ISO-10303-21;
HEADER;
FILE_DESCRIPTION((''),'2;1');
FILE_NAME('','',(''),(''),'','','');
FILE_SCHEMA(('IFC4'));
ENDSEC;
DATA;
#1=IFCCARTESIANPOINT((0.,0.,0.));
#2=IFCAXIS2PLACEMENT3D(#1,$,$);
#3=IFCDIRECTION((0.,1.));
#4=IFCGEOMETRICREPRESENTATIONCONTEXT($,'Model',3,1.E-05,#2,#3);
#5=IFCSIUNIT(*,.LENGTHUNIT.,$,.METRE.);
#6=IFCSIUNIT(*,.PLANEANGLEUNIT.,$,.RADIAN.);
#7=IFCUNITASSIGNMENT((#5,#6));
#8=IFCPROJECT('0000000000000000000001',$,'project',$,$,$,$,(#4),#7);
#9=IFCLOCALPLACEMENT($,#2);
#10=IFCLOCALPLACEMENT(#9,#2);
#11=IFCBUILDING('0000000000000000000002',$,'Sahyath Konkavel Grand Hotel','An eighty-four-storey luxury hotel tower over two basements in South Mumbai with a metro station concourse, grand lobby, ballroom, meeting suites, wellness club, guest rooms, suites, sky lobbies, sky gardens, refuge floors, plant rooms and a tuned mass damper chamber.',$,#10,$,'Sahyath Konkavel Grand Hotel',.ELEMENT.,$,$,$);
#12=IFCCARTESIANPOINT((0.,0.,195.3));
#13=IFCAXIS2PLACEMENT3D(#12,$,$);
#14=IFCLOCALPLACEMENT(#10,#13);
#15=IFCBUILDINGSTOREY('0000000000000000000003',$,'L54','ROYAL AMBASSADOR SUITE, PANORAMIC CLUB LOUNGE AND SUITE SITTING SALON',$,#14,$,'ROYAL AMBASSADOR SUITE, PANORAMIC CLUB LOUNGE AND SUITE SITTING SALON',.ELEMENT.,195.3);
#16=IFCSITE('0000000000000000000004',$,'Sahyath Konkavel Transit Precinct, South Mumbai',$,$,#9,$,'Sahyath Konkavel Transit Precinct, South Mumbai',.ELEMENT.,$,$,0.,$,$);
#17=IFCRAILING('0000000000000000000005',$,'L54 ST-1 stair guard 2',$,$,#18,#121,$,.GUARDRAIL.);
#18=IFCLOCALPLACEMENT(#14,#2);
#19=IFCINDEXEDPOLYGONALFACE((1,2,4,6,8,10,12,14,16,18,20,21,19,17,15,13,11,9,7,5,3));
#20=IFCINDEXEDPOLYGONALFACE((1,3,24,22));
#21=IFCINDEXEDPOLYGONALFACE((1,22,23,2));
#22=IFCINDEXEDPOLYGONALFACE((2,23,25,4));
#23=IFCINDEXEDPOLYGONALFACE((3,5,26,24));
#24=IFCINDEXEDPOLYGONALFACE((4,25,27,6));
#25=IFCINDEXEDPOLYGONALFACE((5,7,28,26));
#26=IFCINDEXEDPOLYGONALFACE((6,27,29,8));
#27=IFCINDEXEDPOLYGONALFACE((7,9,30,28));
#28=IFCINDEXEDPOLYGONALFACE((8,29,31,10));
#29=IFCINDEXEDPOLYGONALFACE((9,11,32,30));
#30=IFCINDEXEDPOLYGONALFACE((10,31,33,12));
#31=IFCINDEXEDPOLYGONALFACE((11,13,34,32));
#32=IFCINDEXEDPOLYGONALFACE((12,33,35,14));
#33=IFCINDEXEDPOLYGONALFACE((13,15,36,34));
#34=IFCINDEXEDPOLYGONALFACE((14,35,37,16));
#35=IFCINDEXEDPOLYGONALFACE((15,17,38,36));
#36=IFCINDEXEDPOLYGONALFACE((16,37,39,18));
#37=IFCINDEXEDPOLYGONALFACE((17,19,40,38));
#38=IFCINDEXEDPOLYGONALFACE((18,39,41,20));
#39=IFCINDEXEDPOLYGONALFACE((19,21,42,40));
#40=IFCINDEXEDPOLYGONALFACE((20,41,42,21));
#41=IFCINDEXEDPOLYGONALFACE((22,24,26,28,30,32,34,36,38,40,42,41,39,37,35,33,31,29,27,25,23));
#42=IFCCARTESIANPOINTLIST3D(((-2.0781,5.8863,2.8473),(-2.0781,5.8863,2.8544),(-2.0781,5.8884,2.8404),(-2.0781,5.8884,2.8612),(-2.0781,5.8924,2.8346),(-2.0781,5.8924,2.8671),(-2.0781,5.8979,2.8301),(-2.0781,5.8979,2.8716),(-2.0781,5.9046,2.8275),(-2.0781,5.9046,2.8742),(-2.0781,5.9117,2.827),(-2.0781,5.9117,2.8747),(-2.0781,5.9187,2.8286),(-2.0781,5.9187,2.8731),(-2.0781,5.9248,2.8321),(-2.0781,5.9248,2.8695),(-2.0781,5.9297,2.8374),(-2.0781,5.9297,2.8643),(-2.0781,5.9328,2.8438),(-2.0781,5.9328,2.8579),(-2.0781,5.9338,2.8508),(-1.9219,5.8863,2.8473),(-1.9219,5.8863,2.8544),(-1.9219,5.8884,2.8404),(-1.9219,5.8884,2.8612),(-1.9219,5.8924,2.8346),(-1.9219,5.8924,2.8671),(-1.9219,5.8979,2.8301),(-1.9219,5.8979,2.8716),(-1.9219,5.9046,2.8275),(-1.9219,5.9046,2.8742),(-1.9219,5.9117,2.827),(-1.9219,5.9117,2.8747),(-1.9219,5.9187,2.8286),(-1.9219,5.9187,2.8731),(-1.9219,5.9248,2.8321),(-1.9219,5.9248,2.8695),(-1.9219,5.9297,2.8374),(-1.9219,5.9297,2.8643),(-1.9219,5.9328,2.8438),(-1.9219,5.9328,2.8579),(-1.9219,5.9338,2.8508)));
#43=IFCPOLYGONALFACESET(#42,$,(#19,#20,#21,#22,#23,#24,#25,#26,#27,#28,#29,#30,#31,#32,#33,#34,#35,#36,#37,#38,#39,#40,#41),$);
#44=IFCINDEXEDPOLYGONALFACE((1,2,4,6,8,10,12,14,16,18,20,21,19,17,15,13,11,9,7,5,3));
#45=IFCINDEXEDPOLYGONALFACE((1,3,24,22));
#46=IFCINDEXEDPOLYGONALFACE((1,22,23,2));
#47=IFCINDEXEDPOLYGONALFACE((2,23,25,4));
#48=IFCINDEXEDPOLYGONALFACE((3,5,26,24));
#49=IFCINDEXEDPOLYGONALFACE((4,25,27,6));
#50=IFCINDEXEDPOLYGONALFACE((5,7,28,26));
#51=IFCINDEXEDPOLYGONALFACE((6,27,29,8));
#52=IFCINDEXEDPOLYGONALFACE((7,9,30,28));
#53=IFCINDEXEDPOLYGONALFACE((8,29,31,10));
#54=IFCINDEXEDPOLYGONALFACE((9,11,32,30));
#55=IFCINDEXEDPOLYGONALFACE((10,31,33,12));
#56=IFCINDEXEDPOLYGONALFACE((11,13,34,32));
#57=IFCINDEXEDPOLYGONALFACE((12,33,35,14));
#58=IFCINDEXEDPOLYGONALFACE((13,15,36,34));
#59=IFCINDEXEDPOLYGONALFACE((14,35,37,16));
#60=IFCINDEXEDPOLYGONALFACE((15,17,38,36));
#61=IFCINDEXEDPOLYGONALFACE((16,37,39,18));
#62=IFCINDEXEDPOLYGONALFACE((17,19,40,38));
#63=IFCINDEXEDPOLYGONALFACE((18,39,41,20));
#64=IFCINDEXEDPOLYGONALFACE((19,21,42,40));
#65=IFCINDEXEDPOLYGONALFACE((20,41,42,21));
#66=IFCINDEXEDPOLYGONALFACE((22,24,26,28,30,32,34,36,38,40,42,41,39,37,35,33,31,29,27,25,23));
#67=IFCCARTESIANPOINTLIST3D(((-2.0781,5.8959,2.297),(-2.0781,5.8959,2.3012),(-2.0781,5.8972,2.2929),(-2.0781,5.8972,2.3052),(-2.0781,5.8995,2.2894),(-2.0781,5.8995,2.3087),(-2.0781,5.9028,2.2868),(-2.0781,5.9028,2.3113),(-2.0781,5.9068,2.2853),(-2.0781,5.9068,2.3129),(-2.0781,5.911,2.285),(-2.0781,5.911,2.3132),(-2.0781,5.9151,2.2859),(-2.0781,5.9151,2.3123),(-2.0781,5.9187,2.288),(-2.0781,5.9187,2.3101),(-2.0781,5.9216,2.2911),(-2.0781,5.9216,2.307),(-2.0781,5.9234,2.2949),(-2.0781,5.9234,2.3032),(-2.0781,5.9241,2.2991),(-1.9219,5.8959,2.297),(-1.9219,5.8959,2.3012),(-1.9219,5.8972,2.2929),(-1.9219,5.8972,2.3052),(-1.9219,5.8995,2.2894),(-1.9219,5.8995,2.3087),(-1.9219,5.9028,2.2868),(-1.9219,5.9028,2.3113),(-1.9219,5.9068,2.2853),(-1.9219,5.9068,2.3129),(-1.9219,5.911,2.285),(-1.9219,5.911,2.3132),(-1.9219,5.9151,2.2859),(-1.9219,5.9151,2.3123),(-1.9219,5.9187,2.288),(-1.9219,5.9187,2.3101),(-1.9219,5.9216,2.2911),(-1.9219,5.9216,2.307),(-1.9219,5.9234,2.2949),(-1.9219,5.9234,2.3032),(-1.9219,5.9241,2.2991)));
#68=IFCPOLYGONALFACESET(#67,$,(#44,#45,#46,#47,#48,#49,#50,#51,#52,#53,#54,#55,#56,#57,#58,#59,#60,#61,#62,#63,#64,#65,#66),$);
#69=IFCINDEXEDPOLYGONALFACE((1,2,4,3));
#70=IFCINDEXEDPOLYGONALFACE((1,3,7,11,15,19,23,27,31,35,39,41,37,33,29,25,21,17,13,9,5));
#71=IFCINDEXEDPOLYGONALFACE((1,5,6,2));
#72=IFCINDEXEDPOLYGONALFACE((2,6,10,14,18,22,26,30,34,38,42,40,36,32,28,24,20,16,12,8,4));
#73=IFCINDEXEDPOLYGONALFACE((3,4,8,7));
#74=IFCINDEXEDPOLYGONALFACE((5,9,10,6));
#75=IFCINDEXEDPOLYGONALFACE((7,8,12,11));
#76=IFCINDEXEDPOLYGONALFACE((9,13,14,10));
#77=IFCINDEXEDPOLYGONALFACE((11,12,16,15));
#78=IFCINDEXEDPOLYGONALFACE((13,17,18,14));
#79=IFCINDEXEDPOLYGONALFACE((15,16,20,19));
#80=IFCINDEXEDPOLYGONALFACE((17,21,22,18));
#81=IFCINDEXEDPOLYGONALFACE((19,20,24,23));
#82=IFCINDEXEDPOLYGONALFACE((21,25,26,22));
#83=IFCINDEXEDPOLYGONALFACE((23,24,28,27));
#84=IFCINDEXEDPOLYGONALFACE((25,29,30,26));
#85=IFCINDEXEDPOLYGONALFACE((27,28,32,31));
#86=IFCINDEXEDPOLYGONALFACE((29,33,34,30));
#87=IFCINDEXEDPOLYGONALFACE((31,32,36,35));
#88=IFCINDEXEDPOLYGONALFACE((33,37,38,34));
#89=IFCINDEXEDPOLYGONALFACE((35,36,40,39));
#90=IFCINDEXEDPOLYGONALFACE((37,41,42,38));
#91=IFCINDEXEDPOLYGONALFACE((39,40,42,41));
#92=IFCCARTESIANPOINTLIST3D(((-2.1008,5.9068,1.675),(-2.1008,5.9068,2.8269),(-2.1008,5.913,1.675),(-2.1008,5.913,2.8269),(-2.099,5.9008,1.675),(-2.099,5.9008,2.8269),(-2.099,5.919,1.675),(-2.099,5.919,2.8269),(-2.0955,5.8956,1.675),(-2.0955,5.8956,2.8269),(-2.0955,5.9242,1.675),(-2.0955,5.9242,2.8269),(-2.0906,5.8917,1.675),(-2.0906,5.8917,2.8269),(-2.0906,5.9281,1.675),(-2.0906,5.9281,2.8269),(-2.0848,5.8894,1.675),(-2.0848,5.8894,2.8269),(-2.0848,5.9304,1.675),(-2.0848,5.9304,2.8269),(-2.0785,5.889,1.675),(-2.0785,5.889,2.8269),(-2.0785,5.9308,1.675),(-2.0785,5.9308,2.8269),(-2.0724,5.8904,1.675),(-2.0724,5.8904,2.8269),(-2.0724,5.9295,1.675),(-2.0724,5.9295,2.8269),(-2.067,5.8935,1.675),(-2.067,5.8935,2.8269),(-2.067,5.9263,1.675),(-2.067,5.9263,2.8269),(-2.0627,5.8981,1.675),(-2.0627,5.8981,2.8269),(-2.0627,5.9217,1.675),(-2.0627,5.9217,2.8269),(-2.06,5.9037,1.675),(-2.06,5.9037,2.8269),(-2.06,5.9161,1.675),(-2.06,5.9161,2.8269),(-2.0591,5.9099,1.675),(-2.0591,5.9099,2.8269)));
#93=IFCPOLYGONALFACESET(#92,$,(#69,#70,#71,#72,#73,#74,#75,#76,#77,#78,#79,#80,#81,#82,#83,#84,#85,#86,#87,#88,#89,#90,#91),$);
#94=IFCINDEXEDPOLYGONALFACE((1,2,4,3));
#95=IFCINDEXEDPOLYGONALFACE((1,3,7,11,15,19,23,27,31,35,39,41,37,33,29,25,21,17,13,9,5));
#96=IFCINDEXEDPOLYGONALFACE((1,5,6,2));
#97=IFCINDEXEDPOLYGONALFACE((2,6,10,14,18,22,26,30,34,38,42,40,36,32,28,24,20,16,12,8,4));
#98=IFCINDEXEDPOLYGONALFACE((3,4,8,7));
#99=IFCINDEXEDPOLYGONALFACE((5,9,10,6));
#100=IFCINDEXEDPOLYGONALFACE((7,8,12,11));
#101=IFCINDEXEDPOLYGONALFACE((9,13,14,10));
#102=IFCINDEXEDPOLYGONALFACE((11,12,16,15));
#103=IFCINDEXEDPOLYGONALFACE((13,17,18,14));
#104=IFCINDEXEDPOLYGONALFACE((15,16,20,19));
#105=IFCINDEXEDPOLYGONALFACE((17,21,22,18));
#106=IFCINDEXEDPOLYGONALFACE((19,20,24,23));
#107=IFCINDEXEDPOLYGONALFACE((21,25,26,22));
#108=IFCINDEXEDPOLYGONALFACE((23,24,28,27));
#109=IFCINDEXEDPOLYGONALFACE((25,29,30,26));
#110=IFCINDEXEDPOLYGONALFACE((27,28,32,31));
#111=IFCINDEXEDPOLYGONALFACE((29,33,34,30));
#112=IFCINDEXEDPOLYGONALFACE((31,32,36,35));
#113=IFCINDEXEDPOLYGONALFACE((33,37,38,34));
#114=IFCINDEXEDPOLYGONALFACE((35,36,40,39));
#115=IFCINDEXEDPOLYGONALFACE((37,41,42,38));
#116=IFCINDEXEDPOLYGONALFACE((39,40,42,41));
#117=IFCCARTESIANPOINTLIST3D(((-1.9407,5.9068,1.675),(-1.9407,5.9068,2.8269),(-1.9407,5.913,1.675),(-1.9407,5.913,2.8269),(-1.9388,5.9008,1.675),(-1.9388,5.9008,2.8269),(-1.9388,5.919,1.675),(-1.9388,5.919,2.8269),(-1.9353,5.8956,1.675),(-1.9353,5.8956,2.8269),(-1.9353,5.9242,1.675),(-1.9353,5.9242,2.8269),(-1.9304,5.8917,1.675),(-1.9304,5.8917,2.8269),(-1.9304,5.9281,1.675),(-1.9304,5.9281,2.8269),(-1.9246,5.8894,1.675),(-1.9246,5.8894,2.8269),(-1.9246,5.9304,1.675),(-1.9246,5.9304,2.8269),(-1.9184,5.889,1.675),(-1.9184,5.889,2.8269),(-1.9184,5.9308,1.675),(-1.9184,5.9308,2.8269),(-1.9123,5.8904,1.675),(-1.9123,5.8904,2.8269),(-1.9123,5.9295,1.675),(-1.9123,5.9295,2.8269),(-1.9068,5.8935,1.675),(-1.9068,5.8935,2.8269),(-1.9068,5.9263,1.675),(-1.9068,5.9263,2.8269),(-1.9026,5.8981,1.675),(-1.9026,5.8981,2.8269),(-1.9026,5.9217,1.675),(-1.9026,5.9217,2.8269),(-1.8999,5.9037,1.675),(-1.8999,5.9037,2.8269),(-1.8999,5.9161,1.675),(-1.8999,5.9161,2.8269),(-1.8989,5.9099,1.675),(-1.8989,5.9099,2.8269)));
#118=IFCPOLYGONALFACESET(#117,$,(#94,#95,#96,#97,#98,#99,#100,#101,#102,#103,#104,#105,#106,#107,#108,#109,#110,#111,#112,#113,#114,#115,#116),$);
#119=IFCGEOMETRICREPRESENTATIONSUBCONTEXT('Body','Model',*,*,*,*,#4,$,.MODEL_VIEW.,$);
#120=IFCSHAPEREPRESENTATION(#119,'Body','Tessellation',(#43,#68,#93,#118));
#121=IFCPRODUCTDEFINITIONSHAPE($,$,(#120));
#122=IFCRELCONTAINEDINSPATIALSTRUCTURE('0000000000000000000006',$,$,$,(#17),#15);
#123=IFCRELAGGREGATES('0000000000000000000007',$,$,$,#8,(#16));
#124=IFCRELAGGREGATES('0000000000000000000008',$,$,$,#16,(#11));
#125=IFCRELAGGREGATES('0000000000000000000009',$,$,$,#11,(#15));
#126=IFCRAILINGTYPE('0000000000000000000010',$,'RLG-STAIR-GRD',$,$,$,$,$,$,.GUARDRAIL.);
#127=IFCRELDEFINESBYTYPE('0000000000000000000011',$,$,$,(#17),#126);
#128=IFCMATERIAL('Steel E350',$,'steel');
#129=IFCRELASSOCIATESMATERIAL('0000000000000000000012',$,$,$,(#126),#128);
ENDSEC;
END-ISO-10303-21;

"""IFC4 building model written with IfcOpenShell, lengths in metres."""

from ifc_helpers import new_model, si_unit, direction, frame, origin, origin_2d, place, context, subcontext, project, spatial, circle, extrude, material, type_object, element, save


model = new_model("IFC4")

# Units and contexts
model_context = context("Model", 3, precision=1e-05, world=origin(), true_north=direction((0.0, 1.0)))
body_context = subcontext(model_context, "Body", "Model", "MODEL_VIEW")
ifc_project = project(units=[si_unit("LENGTHUNIT", "METRE"), si_unit("PLANEANGLEUNIT", "RADIAN")], contexts=[model_context])

# Site, building, storey
site_placement = place(None, origin())
site = spatial("IfcSite", under=ifc_project, at=site_placement, Name="Sahyath Konkavel Transit Precinct, South Mumbai", LongName="Sahyath Konkavel Transit Precinct, South Mumbai", CompositionType="ELEMENT", RefElevation=0.0)
building_placement = place(site_placement, origin())
building = spatial("IfcBuilding", under=site, at=building_placement, Name="Sahyath Konkavel Grand Hotel", Description="An eighty-four-storey luxury hotel tower over two basements in South Mumbai with a metro station concourse, grand lobby, ballroom, meeting suites, wellness club, guest rooms, suites, sky lobbies, sky gardens, refuge floors, plant rooms and a tuned mass damper chamber.", LongName="Sahyath Konkavel Grand Hotel", CompositionType="ELEMENT")
storey_placement = place(building_placement, frame((0.0, 0.0, 195.3)))
storey = spatial("IfcBuildingStorey", under=building, at=storey_placement, Name="L54", Description="ROYAL AMBASSADOR SUITE, PANORAMIC CLUB LOUNGE AND SUITE SITTING SALON", LongName="ROYAL AMBASSADOR SUITE, PANORAMIC CLUB LOUNGE AND SUITE SITTING SALON", CompositionType="ELEMENT", Elevation=195.3)

# Shared definitions
ifc_material_1 = material(Name="Steel E350", Category="steel")

# Railing
railing_type = type_object("IfcRailingType", Name="RLG-STAIR-GRD", PredefinedType="GUARDRAIL", material=ifc_material_1)
railing_1_placement = place(storey_placement, frame((-2.0801, 5.9099, 1.675)))
element("IfcRailing", 1, at=railing_1_placement, inside=storey, type_object=railing_type, Name="L54 ST-1 stair guard 2", PredefinedType="GUARDRAIL", context=body_context, shape_type="SweptSolid", body=[
    extrude(circle(Radius=0.0239, at=origin_2d()), frame((0.002, 0.0, 1.1758), z_axis=(1.0, 0.0, 0.0), x_axis=(0.0, 1.0, 0.0)), (0.0, 0.0, 1.0), 0.1562),
    extrude(circle(Radius=0.0142, at=origin_2d()), frame((0.002, 0.0, 0.624), z_axis=(1.0, 0.0, 0.0), x_axis=(0.0, 1.0, 0.0)), (0.0, 0.0, 1.0), 0.1562),
    extrude(circle(Radius=0.021, at=origin_2d()), origin(), (0.0, 0.0, 1.0), 1.1519),
    extrude(circle(Radius=0.021, at=origin_2d()), frame((0.1602, 0.0, 0.0)), (0.0, 0.0, 1.0), 1.1519),
])

save(model, "model.ifc")
